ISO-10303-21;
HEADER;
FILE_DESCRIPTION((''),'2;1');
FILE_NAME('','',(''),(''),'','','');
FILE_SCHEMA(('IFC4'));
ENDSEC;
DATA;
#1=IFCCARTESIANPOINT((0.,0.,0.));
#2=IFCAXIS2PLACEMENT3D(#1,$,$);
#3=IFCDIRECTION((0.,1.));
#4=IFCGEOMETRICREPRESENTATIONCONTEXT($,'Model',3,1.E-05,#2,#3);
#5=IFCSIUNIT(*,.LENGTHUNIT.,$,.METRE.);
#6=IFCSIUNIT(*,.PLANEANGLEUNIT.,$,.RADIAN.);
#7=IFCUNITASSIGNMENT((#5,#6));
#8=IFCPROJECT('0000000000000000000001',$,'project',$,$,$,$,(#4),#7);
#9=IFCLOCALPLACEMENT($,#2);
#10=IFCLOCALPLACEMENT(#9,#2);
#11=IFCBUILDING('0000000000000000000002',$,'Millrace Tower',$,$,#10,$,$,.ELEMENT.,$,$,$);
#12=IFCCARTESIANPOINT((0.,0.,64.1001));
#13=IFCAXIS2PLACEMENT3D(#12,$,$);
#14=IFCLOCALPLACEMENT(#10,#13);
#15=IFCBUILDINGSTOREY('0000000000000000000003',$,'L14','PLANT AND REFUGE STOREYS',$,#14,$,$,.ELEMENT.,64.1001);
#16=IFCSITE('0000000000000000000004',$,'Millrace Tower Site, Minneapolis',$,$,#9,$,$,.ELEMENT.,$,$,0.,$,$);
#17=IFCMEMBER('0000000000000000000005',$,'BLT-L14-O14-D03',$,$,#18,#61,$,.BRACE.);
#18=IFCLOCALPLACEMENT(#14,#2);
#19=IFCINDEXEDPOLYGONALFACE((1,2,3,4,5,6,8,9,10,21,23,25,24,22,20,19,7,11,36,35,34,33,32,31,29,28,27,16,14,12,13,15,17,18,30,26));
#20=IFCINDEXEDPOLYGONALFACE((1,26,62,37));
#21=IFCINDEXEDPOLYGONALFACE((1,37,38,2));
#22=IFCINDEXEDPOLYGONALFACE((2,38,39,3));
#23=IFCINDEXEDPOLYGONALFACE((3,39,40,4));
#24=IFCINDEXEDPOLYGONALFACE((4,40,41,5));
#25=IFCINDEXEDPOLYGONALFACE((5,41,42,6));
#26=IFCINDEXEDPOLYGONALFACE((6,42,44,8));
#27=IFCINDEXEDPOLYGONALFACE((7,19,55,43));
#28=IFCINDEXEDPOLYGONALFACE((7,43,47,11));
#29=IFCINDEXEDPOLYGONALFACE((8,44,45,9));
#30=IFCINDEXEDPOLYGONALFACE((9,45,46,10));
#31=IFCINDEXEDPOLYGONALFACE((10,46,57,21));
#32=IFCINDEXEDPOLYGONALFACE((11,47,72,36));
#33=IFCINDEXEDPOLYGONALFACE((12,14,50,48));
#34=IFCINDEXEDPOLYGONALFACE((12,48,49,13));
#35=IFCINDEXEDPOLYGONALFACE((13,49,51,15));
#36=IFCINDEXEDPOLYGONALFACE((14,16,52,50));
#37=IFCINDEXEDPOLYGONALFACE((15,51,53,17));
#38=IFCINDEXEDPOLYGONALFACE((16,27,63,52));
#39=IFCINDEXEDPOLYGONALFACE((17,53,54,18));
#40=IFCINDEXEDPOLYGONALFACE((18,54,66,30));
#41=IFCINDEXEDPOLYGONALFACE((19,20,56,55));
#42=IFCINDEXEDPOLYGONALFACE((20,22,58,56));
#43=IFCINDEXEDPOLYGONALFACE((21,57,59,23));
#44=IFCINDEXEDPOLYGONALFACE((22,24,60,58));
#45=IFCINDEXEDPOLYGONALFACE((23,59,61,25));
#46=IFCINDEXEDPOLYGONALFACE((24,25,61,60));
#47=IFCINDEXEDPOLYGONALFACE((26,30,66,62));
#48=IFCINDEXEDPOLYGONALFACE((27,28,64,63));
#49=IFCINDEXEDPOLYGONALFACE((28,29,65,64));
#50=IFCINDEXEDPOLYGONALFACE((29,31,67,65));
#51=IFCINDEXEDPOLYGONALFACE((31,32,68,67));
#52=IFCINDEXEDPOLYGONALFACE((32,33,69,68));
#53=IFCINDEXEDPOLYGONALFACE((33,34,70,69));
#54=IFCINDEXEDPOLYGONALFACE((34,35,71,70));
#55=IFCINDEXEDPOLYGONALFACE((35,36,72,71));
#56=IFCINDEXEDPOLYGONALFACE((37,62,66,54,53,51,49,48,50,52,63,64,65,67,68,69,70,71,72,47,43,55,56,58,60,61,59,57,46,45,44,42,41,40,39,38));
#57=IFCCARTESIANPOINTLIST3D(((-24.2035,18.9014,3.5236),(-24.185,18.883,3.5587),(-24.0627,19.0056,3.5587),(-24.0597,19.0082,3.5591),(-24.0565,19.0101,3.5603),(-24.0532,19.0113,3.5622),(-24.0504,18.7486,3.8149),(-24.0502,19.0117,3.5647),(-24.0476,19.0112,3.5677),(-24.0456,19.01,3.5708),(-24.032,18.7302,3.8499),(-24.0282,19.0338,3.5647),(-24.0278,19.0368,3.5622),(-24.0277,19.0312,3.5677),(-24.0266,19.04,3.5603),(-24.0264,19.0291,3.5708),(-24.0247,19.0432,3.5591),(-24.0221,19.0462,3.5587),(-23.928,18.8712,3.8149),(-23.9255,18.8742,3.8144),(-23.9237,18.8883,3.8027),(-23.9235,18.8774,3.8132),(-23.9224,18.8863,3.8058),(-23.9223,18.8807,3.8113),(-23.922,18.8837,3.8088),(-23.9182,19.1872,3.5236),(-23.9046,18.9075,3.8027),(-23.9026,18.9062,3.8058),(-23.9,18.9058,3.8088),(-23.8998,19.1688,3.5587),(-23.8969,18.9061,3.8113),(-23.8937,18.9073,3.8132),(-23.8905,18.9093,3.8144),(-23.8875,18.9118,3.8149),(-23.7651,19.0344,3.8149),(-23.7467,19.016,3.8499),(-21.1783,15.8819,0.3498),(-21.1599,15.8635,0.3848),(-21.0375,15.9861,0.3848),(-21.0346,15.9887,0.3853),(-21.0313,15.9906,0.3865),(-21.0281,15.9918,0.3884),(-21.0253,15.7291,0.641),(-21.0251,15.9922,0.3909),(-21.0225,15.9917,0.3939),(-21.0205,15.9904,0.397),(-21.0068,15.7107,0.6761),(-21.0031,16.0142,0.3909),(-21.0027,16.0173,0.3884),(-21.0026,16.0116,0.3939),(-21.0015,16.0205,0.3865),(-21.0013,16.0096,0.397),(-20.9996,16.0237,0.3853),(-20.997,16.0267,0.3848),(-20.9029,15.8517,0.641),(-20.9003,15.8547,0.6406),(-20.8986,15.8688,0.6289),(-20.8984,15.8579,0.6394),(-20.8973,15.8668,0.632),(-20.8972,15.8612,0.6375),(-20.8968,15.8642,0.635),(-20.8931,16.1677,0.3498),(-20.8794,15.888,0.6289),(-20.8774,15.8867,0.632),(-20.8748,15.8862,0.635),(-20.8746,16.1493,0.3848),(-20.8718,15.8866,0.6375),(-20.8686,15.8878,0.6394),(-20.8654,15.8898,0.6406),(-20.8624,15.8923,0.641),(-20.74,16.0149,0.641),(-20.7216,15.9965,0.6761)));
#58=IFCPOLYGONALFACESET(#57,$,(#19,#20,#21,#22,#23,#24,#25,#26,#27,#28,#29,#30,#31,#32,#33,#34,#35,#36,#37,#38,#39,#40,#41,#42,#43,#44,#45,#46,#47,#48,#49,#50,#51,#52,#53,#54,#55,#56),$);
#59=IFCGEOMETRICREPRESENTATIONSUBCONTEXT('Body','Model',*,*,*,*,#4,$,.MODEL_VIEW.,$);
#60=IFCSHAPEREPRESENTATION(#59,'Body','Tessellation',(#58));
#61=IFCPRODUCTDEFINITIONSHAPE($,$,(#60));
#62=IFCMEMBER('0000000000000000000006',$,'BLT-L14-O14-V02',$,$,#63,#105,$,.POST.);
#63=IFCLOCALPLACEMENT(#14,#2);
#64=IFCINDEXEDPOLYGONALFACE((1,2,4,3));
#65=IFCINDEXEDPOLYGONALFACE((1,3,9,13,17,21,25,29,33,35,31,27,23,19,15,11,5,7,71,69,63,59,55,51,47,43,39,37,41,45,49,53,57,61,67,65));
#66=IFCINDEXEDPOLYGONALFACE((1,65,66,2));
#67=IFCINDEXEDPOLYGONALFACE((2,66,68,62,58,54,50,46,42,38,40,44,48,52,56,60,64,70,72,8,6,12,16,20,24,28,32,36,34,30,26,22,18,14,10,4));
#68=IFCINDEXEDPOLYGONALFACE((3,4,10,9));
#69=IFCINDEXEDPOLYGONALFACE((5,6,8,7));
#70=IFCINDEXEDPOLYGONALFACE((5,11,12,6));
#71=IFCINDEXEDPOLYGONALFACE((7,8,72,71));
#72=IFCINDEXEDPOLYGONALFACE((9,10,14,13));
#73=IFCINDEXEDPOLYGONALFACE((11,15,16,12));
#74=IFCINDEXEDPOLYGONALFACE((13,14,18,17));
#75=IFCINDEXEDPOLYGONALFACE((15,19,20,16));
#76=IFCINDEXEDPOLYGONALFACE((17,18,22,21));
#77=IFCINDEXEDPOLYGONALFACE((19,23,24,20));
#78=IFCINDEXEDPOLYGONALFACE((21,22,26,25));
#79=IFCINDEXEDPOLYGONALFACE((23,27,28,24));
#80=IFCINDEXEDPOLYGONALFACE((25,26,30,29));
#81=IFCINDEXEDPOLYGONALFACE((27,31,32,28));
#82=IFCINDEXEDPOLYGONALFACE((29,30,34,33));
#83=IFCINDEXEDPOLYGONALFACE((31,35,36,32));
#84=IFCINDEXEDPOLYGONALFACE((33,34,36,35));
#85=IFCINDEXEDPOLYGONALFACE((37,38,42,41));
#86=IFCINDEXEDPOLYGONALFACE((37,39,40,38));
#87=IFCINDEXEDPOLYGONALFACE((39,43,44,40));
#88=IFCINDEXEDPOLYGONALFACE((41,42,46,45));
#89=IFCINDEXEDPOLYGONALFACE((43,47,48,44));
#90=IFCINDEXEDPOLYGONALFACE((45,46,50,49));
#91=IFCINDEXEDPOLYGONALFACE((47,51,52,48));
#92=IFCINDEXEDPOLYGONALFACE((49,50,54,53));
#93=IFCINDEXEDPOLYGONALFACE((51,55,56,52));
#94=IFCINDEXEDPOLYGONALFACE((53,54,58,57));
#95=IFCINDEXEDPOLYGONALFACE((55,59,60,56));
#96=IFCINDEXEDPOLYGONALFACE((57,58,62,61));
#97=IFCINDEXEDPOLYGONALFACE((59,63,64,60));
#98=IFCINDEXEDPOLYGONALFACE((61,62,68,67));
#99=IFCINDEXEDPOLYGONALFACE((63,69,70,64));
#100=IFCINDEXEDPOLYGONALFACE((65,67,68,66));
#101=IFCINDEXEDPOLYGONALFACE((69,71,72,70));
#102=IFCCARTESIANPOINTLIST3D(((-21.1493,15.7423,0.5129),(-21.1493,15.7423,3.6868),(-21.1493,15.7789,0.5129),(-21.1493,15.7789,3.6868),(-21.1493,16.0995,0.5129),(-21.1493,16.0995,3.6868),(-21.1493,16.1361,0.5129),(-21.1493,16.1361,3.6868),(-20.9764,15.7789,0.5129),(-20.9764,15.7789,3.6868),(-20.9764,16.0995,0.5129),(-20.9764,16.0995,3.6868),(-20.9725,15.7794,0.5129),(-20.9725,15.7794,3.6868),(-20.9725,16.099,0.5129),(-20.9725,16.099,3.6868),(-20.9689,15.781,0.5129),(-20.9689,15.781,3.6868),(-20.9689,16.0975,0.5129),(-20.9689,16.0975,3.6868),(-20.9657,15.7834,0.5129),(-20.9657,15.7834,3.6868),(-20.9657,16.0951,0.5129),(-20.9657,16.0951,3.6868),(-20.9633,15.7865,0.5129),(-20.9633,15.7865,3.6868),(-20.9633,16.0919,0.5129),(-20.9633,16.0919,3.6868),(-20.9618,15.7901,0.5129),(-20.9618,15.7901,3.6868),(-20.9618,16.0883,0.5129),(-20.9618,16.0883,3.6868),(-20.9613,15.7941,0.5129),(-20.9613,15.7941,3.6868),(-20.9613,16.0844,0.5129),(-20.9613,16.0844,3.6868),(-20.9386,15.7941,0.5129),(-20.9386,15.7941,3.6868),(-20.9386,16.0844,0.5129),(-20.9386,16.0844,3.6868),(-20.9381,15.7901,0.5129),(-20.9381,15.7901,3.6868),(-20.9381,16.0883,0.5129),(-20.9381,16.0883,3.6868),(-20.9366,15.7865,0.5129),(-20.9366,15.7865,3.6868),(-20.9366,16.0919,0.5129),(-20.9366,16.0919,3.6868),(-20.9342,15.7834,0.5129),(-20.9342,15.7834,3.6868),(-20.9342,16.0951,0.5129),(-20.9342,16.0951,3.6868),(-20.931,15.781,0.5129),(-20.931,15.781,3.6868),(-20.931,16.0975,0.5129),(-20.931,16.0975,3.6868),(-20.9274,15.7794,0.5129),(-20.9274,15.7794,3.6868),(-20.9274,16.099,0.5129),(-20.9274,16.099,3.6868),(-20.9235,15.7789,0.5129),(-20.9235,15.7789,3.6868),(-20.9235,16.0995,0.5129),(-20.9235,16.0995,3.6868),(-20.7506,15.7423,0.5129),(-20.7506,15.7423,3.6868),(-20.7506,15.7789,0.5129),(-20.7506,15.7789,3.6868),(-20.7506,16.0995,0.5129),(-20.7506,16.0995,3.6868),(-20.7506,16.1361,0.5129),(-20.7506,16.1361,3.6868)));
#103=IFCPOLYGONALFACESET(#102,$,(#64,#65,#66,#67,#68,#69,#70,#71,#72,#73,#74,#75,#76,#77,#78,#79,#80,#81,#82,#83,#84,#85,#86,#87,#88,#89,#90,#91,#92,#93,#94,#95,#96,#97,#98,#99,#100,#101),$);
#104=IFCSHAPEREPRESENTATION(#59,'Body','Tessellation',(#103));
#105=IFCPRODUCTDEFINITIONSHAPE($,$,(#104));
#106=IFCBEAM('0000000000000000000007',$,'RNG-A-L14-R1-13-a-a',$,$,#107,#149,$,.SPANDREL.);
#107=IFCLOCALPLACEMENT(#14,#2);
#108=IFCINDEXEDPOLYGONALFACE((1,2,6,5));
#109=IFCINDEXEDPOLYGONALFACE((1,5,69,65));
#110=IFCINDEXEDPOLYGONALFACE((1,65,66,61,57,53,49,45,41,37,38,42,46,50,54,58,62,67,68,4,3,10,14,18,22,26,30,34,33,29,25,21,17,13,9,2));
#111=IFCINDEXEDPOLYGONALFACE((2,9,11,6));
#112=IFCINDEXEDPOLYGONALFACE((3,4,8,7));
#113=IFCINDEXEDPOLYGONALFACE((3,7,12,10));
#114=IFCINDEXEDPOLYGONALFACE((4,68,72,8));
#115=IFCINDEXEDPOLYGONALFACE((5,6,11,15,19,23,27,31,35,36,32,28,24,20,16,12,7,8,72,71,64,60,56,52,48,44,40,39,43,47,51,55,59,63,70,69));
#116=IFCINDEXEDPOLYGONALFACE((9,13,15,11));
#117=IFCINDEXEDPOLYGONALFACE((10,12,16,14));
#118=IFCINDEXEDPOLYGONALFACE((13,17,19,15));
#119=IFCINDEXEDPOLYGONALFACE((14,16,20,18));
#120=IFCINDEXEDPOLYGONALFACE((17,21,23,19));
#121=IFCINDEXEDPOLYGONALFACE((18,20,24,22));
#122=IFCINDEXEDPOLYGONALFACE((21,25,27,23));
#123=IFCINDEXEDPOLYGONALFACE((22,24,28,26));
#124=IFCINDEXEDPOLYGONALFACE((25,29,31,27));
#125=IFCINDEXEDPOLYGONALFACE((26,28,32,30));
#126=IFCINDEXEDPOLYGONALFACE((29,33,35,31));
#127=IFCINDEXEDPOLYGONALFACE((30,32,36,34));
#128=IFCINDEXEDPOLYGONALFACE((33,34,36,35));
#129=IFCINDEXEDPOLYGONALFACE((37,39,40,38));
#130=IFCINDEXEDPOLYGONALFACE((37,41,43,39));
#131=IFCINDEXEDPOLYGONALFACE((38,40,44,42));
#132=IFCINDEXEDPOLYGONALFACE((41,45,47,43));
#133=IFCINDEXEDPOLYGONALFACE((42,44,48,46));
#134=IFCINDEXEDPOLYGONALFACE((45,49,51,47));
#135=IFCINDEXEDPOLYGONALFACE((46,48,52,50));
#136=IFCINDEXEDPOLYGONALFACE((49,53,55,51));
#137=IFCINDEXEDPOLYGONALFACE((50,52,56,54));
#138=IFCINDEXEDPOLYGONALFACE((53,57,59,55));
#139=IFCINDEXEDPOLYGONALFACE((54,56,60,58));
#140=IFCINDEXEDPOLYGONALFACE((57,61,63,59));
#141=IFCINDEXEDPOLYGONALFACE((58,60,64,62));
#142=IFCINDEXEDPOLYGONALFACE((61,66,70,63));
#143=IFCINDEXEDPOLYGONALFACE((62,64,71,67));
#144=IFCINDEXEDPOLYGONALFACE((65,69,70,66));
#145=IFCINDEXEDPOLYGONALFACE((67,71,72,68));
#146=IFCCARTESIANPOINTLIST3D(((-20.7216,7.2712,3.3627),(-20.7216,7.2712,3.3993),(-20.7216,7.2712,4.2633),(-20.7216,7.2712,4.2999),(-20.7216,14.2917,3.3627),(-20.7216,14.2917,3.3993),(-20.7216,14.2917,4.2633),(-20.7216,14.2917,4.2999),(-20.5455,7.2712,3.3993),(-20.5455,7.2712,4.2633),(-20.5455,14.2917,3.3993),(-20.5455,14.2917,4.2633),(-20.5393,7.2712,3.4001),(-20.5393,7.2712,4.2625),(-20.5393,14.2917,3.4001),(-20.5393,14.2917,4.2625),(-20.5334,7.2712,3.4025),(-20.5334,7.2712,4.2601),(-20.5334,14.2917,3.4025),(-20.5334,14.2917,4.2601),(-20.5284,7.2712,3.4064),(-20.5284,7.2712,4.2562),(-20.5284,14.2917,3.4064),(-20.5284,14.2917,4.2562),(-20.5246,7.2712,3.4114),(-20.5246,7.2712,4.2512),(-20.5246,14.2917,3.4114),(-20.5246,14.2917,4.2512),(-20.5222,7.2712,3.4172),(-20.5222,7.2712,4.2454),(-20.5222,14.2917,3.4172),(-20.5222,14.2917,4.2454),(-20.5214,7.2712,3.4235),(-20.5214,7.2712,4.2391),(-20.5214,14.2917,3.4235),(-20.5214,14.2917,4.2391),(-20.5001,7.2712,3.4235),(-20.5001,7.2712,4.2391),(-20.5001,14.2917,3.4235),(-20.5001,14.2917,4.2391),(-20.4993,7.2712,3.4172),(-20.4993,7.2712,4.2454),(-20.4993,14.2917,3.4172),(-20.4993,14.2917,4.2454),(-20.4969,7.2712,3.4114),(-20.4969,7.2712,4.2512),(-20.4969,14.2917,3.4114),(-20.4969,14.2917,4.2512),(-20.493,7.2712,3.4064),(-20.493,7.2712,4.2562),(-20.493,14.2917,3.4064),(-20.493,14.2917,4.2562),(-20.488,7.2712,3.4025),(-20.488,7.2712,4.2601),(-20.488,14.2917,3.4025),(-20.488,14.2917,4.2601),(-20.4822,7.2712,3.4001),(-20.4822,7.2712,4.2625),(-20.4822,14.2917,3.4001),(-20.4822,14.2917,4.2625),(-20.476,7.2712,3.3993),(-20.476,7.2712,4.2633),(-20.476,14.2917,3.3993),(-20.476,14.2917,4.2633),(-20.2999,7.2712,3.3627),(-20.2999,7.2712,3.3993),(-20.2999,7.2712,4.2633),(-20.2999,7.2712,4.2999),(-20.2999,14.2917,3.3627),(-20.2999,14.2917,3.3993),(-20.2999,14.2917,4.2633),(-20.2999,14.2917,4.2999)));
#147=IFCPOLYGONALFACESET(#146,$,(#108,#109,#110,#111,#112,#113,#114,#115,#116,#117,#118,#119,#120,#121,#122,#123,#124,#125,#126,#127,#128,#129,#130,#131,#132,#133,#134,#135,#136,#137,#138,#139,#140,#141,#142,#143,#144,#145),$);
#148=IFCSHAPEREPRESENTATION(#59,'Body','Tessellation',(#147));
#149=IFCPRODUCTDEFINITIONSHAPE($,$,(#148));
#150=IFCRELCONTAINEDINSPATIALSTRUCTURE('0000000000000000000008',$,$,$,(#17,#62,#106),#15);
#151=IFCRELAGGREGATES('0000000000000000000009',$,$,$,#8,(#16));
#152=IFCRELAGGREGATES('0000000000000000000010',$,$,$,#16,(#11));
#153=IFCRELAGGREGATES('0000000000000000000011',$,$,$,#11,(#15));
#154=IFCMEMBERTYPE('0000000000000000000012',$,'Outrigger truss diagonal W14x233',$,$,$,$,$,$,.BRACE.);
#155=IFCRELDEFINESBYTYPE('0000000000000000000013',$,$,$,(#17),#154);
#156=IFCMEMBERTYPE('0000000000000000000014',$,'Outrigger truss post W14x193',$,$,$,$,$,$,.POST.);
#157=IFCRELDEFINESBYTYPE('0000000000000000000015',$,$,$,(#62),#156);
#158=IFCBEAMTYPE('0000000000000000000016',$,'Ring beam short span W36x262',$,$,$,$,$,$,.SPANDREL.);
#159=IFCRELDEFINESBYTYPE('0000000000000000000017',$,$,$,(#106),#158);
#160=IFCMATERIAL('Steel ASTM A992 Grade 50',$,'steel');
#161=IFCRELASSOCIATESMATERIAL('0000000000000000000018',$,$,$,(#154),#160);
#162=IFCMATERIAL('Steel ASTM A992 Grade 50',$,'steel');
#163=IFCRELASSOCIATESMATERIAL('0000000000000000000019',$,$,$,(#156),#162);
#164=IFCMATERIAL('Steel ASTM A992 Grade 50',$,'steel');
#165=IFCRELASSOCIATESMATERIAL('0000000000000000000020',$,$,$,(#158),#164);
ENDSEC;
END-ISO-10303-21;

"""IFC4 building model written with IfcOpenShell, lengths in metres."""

from ifc_helpers import new_model, si_unit, direction, frame, origin, origin_2d, place, context, subcontext, project, spatial, i_section, extrude, material, material_profile, profile_set, type_object, element, save


model = new_model("IFC4")

# Units and contexts
model_context = context("Model", 3, precision=1e-05, world=origin(), true_north=direction((0.0, 1.0)))
body_context = subcontext(model_context, "Body", "Model", "MODEL_VIEW")
ifc_project = project(units=[si_unit("LENGTHUNIT", "METRE"), si_unit("PLANEANGLEUNIT", "RADIAN")], contexts=[model_context])

# Site, building, storey
site_placement = place(None, origin())
site = spatial("IfcSite", under=ifc_project, at=site_placement, Name="Millrace Tower Site, Minneapolis", CompositionType="ELEMENT", RefElevation=0.0)
building_placement = place(site_placement, origin())
building = spatial("IfcBuilding", under=site, at=building_placement, Name="Millrace Tower", CompositionType="ELEMENT")
storey_placement = place(building_placement, frame((0.0, 0.0, 64.1001)))
storey = spatial("IfcBuildingStorey", under=building, at=storey_placement, Name="L14", Description="PLANT AND REFUGE STOREYS", CompositionType="ELEMENT", Elevation=64.1001)

# Members
ifc_material_1 = material(Name="Steel ASTM A992 Grade 50", Category="steel")
ifc_material_profile_1 = material_profile(ifc_material_1, i_section(OverallWidth=0.4038, OverallDepth=0.4065, WebThickness=0.0271, FlangeThickness=0.0437, FilletRadius=0.0151, at=origin_2d()))
ifc_profile_set_1 = profile_set([ifc_material_profile_1], Name="Steel ASTM A992 Grade 50")
member_type_1 = type_object("IfcMemberType", Name="Outrigger truss diagonal W14x233", PredefinedType="BRACE", material=ifc_profile_set_1)
member_1_placement = place(storey_placement, frame((-20.95, 15.9392, 0.5129), z_axis=(-0.568237, 0.567182, 0.596165), x_axis=(-0.70645, -0.707763, 0.0)))
element("IfcMember", 1, at=member_1_placement, inside=storey, type_object=member_type_1, Name="BLT-L14-O14-D03", PredefinedType="BRACE", context=body_context, shape_type="SweptSolid", body=[
    extrude(i_section(OverallWidth=0.4038, OverallDepth=0.4065, WebThickness=0.0271, FlangeThickness=0.0437, FilletRadius=0.0151, at=origin_2d()), origin(), (0.0, 0.0, 1.0), 5.3237),
])
ifc_material_2 = material(Name="Steel ASTM A992 Grade 50", Category="steel")
ifc_material_profile_2 = material_profile(ifc_material_2, i_section(OverallWidth=0.3987, OverallDepth=0.3938, WebThickness=0.0227, FlangeThickness=0.0366, FilletRadius=0.0151, at=origin_2d()))
ifc_profile_set_2 = profile_set([ifc_material_profile_2], Name="Steel ASTM A992 Grade 50")
member_type_2 = type_object("IfcMemberType", Name="Outrigger truss post W14x193", PredefinedType="POST", material=ifc_profile_set_2)
member_2_placement = place(storey_placement, frame((-20.95, 15.9392, 0.5129), z_axis=(0.0, 0.0, 1.0), x_axis=(1.0, 0.0, 0.0)))
element("IfcMember", 2, at=member_2_placement, inside=storey, type_object=member_type_2, Name="BLT-L14-O14-V02", PredefinedType="POST", context=body_context, shape_type="SweptSolid", body=[
    extrude(i_section(OverallWidth=0.3987, OverallDepth=0.3938, WebThickness=0.0227, FlangeThickness=0.0366, FilletRadius=0.0151, at=origin_2d()), origin(), (0.0, 0.0, 1.0), 3.1738),
])

# Beam
ifc_material_3 = material(Name="Steel ASTM A992 Grade 50", Category="steel")
ifc_material_profile_3 = material_profile(ifc_material_3, i_section(OverallWidth=0.4216, OverallDepth=0.9373, WebThickness=0.0212, FlangeThickness=0.0366, FilletRadius=0.0242, at=origin_2d()))
ifc_profile_set_3 = profile_set([ifc_material_profile_3], Name="Steel ASTM A992 Grade 50")
beam_type_1 = type_object("IfcBeamType", Name="Ring beam short span W36x262", PredefinedType="SPANDREL", material=ifc_profile_set_3)
beam_1_placement = place(storey_placement, frame((-20.5107, 14.2917, 3.8313), z_axis=(0.0, -1.0, 0.0), x_axis=(1.0, 0.0, 0.0)))
element("IfcBeam", 3, at=beam_1_placement, inside=storey, type_object=beam_type_1, Name="RNG-A-L14-R1-13-a-a", PredefinedType="SPANDREL", context=body_context, shape_type="SweptSolid", body=[
    extrude(i_section(OverallWidth=0.4216, OverallDepth=0.9373, WebThickness=0.0212, FlangeThickness=0.0366, FilletRadius=0.0242, at=origin_2d()), origin(), (0.0, 0.0, 1.0), 7.0205),
])

save(model, "model.ifc")
